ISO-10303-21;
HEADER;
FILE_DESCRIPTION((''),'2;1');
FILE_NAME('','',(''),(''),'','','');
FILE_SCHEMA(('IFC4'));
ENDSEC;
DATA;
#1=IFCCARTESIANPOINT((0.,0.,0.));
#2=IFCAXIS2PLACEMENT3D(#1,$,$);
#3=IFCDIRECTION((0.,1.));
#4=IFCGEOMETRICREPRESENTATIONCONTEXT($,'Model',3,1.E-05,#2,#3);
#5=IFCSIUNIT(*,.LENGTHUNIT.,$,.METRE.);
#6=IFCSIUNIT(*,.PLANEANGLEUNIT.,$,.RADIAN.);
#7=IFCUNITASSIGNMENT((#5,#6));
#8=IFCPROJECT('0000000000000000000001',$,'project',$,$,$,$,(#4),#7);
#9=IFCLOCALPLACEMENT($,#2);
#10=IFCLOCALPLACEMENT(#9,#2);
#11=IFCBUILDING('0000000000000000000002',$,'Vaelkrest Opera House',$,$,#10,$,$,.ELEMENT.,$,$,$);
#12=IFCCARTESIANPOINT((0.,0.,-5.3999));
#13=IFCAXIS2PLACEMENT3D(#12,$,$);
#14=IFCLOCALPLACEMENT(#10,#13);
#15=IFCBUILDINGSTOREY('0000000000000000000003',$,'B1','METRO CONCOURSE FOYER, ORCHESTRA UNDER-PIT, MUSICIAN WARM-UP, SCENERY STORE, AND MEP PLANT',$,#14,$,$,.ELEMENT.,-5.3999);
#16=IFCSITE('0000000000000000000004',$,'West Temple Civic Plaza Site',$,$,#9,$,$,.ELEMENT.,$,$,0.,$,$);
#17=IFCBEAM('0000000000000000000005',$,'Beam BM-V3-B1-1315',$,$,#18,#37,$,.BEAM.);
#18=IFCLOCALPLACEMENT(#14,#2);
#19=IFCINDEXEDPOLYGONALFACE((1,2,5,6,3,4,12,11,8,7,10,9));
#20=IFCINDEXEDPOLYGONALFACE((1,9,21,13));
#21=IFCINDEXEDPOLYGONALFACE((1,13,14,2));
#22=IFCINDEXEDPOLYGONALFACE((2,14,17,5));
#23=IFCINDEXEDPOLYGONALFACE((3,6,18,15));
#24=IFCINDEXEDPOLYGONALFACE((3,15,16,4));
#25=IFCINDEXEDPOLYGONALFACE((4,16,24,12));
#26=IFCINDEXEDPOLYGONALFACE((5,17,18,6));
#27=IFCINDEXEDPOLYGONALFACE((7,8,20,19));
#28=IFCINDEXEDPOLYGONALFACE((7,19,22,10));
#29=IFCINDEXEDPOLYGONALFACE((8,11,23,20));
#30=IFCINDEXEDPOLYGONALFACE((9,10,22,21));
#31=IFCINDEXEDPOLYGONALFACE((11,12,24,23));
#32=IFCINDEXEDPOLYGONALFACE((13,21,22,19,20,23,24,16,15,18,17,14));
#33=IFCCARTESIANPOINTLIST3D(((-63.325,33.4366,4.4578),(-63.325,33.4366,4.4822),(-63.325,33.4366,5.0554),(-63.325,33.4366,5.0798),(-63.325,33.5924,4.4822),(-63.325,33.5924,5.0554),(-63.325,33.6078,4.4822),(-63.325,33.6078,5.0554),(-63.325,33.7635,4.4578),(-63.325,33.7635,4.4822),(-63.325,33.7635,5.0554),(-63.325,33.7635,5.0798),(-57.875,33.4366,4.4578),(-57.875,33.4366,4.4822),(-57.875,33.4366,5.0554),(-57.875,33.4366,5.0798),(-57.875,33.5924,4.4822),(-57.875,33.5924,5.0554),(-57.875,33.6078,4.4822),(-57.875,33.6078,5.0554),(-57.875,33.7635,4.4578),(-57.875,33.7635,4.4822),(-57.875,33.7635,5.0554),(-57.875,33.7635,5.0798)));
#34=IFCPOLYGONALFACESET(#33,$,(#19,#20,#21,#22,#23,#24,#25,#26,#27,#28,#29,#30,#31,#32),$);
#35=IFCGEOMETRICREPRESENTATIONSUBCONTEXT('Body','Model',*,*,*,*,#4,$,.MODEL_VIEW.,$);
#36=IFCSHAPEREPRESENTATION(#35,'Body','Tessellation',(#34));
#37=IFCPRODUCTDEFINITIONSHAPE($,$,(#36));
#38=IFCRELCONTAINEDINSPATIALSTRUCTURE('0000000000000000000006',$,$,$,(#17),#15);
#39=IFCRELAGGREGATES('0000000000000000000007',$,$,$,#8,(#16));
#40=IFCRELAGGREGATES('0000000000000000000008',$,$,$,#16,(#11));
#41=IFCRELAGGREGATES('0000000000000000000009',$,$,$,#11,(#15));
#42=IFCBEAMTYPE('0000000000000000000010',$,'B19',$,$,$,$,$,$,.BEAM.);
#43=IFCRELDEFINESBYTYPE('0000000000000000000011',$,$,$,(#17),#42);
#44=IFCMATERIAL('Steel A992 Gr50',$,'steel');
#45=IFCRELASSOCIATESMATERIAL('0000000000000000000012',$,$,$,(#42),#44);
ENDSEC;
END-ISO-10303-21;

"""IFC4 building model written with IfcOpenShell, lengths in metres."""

from ifc_helpers import new_model, si_unit, direction, frame, origin, origin_2d, place, context, subcontext, project, spatial, i_section, extrude, material, material_profile, profile_set, type_object, element, save


model = new_model("IFC4")

# Units and contexts
model_context = context("Model", 3, precision=1e-05, world=origin(), true_north=direction((0.0, 1.0)))
body_context = subcontext(model_context, "Body", "Model", "MODEL_VIEW")
ifc_project = project(units=[si_unit("LENGTHUNIT", "METRE"), si_unit("PLANEANGLEUNIT", "RADIAN")], contexts=[model_context])

# Site, building, storey
site_placement = place(None, origin())
site = spatial("IfcSite", under=ifc_project, at=site_placement, Name="West Temple Civic Plaza Site", CompositionType="ELEMENT", RefElevation=0.0)
building_placement = place(site_placement, origin())
building = spatial("IfcBuilding", under=site, at=building_placement, Name="Vaelkrest Opera House", CompositionType="ELEMENT")
storey_placement = place(building_placement, frame((0.0, 0.0, -5.3999)))
storey = spatial("IfcBuildingStorey", under=building, at=storey_placement, Name="B1", Description="METRO CONCOURSE FOYER, ORCHESTRA UNDER-PIT, MUSICIAN WARM-UP, SCENERY STORE, AND MEP PLANT", CompositionType="ELEMENT", Elevation=-5.3999)

# Beam
ifc_material_1 = material(Name="Steel A992 Gr50", Category="steel")
ifc_material_profile_1 = material_profile(ifc_material_1, i_section(OverallWidth=0.3269, OverallDepth=0.6221, WebThickness=0.0154, FlangeThickness=0.0244, at=origin_2d()), Name="W24X131")
ifc_profile_set_1 = profile_set([ifc_material_profile_1], Name="Steel A992 Gr50")
beam_type_1 = type_object("IfcBeamType", Name="B19", PredefinedType="BEAM", material=ifc_profile_set_1)
beam_placement = place(storey_placement, frame((-63.325, 33.6001, 4.7688), z_axis=(1.0, 0.0, 0.0), x_axis=(0.0, 1.0, 0.0)))
element("IfcBeam", 1, at=beam_placement, inside=storey, type_object=beam_type_1, Name="Beam BM-V3-B1-1315", PredefinedType="BEAM", context=body_context, shape_type="SweptSolid", body=[
    extrude(i_section(OverallWidth=0.3269, OverallDepth=0.6221, WebThickness=0.0154, FlangeThickness=0.0244, at=origin_2d()), origin(), (0.0, 0.0, 1.0), 5.45),
])

save(model, "model.ifc")
